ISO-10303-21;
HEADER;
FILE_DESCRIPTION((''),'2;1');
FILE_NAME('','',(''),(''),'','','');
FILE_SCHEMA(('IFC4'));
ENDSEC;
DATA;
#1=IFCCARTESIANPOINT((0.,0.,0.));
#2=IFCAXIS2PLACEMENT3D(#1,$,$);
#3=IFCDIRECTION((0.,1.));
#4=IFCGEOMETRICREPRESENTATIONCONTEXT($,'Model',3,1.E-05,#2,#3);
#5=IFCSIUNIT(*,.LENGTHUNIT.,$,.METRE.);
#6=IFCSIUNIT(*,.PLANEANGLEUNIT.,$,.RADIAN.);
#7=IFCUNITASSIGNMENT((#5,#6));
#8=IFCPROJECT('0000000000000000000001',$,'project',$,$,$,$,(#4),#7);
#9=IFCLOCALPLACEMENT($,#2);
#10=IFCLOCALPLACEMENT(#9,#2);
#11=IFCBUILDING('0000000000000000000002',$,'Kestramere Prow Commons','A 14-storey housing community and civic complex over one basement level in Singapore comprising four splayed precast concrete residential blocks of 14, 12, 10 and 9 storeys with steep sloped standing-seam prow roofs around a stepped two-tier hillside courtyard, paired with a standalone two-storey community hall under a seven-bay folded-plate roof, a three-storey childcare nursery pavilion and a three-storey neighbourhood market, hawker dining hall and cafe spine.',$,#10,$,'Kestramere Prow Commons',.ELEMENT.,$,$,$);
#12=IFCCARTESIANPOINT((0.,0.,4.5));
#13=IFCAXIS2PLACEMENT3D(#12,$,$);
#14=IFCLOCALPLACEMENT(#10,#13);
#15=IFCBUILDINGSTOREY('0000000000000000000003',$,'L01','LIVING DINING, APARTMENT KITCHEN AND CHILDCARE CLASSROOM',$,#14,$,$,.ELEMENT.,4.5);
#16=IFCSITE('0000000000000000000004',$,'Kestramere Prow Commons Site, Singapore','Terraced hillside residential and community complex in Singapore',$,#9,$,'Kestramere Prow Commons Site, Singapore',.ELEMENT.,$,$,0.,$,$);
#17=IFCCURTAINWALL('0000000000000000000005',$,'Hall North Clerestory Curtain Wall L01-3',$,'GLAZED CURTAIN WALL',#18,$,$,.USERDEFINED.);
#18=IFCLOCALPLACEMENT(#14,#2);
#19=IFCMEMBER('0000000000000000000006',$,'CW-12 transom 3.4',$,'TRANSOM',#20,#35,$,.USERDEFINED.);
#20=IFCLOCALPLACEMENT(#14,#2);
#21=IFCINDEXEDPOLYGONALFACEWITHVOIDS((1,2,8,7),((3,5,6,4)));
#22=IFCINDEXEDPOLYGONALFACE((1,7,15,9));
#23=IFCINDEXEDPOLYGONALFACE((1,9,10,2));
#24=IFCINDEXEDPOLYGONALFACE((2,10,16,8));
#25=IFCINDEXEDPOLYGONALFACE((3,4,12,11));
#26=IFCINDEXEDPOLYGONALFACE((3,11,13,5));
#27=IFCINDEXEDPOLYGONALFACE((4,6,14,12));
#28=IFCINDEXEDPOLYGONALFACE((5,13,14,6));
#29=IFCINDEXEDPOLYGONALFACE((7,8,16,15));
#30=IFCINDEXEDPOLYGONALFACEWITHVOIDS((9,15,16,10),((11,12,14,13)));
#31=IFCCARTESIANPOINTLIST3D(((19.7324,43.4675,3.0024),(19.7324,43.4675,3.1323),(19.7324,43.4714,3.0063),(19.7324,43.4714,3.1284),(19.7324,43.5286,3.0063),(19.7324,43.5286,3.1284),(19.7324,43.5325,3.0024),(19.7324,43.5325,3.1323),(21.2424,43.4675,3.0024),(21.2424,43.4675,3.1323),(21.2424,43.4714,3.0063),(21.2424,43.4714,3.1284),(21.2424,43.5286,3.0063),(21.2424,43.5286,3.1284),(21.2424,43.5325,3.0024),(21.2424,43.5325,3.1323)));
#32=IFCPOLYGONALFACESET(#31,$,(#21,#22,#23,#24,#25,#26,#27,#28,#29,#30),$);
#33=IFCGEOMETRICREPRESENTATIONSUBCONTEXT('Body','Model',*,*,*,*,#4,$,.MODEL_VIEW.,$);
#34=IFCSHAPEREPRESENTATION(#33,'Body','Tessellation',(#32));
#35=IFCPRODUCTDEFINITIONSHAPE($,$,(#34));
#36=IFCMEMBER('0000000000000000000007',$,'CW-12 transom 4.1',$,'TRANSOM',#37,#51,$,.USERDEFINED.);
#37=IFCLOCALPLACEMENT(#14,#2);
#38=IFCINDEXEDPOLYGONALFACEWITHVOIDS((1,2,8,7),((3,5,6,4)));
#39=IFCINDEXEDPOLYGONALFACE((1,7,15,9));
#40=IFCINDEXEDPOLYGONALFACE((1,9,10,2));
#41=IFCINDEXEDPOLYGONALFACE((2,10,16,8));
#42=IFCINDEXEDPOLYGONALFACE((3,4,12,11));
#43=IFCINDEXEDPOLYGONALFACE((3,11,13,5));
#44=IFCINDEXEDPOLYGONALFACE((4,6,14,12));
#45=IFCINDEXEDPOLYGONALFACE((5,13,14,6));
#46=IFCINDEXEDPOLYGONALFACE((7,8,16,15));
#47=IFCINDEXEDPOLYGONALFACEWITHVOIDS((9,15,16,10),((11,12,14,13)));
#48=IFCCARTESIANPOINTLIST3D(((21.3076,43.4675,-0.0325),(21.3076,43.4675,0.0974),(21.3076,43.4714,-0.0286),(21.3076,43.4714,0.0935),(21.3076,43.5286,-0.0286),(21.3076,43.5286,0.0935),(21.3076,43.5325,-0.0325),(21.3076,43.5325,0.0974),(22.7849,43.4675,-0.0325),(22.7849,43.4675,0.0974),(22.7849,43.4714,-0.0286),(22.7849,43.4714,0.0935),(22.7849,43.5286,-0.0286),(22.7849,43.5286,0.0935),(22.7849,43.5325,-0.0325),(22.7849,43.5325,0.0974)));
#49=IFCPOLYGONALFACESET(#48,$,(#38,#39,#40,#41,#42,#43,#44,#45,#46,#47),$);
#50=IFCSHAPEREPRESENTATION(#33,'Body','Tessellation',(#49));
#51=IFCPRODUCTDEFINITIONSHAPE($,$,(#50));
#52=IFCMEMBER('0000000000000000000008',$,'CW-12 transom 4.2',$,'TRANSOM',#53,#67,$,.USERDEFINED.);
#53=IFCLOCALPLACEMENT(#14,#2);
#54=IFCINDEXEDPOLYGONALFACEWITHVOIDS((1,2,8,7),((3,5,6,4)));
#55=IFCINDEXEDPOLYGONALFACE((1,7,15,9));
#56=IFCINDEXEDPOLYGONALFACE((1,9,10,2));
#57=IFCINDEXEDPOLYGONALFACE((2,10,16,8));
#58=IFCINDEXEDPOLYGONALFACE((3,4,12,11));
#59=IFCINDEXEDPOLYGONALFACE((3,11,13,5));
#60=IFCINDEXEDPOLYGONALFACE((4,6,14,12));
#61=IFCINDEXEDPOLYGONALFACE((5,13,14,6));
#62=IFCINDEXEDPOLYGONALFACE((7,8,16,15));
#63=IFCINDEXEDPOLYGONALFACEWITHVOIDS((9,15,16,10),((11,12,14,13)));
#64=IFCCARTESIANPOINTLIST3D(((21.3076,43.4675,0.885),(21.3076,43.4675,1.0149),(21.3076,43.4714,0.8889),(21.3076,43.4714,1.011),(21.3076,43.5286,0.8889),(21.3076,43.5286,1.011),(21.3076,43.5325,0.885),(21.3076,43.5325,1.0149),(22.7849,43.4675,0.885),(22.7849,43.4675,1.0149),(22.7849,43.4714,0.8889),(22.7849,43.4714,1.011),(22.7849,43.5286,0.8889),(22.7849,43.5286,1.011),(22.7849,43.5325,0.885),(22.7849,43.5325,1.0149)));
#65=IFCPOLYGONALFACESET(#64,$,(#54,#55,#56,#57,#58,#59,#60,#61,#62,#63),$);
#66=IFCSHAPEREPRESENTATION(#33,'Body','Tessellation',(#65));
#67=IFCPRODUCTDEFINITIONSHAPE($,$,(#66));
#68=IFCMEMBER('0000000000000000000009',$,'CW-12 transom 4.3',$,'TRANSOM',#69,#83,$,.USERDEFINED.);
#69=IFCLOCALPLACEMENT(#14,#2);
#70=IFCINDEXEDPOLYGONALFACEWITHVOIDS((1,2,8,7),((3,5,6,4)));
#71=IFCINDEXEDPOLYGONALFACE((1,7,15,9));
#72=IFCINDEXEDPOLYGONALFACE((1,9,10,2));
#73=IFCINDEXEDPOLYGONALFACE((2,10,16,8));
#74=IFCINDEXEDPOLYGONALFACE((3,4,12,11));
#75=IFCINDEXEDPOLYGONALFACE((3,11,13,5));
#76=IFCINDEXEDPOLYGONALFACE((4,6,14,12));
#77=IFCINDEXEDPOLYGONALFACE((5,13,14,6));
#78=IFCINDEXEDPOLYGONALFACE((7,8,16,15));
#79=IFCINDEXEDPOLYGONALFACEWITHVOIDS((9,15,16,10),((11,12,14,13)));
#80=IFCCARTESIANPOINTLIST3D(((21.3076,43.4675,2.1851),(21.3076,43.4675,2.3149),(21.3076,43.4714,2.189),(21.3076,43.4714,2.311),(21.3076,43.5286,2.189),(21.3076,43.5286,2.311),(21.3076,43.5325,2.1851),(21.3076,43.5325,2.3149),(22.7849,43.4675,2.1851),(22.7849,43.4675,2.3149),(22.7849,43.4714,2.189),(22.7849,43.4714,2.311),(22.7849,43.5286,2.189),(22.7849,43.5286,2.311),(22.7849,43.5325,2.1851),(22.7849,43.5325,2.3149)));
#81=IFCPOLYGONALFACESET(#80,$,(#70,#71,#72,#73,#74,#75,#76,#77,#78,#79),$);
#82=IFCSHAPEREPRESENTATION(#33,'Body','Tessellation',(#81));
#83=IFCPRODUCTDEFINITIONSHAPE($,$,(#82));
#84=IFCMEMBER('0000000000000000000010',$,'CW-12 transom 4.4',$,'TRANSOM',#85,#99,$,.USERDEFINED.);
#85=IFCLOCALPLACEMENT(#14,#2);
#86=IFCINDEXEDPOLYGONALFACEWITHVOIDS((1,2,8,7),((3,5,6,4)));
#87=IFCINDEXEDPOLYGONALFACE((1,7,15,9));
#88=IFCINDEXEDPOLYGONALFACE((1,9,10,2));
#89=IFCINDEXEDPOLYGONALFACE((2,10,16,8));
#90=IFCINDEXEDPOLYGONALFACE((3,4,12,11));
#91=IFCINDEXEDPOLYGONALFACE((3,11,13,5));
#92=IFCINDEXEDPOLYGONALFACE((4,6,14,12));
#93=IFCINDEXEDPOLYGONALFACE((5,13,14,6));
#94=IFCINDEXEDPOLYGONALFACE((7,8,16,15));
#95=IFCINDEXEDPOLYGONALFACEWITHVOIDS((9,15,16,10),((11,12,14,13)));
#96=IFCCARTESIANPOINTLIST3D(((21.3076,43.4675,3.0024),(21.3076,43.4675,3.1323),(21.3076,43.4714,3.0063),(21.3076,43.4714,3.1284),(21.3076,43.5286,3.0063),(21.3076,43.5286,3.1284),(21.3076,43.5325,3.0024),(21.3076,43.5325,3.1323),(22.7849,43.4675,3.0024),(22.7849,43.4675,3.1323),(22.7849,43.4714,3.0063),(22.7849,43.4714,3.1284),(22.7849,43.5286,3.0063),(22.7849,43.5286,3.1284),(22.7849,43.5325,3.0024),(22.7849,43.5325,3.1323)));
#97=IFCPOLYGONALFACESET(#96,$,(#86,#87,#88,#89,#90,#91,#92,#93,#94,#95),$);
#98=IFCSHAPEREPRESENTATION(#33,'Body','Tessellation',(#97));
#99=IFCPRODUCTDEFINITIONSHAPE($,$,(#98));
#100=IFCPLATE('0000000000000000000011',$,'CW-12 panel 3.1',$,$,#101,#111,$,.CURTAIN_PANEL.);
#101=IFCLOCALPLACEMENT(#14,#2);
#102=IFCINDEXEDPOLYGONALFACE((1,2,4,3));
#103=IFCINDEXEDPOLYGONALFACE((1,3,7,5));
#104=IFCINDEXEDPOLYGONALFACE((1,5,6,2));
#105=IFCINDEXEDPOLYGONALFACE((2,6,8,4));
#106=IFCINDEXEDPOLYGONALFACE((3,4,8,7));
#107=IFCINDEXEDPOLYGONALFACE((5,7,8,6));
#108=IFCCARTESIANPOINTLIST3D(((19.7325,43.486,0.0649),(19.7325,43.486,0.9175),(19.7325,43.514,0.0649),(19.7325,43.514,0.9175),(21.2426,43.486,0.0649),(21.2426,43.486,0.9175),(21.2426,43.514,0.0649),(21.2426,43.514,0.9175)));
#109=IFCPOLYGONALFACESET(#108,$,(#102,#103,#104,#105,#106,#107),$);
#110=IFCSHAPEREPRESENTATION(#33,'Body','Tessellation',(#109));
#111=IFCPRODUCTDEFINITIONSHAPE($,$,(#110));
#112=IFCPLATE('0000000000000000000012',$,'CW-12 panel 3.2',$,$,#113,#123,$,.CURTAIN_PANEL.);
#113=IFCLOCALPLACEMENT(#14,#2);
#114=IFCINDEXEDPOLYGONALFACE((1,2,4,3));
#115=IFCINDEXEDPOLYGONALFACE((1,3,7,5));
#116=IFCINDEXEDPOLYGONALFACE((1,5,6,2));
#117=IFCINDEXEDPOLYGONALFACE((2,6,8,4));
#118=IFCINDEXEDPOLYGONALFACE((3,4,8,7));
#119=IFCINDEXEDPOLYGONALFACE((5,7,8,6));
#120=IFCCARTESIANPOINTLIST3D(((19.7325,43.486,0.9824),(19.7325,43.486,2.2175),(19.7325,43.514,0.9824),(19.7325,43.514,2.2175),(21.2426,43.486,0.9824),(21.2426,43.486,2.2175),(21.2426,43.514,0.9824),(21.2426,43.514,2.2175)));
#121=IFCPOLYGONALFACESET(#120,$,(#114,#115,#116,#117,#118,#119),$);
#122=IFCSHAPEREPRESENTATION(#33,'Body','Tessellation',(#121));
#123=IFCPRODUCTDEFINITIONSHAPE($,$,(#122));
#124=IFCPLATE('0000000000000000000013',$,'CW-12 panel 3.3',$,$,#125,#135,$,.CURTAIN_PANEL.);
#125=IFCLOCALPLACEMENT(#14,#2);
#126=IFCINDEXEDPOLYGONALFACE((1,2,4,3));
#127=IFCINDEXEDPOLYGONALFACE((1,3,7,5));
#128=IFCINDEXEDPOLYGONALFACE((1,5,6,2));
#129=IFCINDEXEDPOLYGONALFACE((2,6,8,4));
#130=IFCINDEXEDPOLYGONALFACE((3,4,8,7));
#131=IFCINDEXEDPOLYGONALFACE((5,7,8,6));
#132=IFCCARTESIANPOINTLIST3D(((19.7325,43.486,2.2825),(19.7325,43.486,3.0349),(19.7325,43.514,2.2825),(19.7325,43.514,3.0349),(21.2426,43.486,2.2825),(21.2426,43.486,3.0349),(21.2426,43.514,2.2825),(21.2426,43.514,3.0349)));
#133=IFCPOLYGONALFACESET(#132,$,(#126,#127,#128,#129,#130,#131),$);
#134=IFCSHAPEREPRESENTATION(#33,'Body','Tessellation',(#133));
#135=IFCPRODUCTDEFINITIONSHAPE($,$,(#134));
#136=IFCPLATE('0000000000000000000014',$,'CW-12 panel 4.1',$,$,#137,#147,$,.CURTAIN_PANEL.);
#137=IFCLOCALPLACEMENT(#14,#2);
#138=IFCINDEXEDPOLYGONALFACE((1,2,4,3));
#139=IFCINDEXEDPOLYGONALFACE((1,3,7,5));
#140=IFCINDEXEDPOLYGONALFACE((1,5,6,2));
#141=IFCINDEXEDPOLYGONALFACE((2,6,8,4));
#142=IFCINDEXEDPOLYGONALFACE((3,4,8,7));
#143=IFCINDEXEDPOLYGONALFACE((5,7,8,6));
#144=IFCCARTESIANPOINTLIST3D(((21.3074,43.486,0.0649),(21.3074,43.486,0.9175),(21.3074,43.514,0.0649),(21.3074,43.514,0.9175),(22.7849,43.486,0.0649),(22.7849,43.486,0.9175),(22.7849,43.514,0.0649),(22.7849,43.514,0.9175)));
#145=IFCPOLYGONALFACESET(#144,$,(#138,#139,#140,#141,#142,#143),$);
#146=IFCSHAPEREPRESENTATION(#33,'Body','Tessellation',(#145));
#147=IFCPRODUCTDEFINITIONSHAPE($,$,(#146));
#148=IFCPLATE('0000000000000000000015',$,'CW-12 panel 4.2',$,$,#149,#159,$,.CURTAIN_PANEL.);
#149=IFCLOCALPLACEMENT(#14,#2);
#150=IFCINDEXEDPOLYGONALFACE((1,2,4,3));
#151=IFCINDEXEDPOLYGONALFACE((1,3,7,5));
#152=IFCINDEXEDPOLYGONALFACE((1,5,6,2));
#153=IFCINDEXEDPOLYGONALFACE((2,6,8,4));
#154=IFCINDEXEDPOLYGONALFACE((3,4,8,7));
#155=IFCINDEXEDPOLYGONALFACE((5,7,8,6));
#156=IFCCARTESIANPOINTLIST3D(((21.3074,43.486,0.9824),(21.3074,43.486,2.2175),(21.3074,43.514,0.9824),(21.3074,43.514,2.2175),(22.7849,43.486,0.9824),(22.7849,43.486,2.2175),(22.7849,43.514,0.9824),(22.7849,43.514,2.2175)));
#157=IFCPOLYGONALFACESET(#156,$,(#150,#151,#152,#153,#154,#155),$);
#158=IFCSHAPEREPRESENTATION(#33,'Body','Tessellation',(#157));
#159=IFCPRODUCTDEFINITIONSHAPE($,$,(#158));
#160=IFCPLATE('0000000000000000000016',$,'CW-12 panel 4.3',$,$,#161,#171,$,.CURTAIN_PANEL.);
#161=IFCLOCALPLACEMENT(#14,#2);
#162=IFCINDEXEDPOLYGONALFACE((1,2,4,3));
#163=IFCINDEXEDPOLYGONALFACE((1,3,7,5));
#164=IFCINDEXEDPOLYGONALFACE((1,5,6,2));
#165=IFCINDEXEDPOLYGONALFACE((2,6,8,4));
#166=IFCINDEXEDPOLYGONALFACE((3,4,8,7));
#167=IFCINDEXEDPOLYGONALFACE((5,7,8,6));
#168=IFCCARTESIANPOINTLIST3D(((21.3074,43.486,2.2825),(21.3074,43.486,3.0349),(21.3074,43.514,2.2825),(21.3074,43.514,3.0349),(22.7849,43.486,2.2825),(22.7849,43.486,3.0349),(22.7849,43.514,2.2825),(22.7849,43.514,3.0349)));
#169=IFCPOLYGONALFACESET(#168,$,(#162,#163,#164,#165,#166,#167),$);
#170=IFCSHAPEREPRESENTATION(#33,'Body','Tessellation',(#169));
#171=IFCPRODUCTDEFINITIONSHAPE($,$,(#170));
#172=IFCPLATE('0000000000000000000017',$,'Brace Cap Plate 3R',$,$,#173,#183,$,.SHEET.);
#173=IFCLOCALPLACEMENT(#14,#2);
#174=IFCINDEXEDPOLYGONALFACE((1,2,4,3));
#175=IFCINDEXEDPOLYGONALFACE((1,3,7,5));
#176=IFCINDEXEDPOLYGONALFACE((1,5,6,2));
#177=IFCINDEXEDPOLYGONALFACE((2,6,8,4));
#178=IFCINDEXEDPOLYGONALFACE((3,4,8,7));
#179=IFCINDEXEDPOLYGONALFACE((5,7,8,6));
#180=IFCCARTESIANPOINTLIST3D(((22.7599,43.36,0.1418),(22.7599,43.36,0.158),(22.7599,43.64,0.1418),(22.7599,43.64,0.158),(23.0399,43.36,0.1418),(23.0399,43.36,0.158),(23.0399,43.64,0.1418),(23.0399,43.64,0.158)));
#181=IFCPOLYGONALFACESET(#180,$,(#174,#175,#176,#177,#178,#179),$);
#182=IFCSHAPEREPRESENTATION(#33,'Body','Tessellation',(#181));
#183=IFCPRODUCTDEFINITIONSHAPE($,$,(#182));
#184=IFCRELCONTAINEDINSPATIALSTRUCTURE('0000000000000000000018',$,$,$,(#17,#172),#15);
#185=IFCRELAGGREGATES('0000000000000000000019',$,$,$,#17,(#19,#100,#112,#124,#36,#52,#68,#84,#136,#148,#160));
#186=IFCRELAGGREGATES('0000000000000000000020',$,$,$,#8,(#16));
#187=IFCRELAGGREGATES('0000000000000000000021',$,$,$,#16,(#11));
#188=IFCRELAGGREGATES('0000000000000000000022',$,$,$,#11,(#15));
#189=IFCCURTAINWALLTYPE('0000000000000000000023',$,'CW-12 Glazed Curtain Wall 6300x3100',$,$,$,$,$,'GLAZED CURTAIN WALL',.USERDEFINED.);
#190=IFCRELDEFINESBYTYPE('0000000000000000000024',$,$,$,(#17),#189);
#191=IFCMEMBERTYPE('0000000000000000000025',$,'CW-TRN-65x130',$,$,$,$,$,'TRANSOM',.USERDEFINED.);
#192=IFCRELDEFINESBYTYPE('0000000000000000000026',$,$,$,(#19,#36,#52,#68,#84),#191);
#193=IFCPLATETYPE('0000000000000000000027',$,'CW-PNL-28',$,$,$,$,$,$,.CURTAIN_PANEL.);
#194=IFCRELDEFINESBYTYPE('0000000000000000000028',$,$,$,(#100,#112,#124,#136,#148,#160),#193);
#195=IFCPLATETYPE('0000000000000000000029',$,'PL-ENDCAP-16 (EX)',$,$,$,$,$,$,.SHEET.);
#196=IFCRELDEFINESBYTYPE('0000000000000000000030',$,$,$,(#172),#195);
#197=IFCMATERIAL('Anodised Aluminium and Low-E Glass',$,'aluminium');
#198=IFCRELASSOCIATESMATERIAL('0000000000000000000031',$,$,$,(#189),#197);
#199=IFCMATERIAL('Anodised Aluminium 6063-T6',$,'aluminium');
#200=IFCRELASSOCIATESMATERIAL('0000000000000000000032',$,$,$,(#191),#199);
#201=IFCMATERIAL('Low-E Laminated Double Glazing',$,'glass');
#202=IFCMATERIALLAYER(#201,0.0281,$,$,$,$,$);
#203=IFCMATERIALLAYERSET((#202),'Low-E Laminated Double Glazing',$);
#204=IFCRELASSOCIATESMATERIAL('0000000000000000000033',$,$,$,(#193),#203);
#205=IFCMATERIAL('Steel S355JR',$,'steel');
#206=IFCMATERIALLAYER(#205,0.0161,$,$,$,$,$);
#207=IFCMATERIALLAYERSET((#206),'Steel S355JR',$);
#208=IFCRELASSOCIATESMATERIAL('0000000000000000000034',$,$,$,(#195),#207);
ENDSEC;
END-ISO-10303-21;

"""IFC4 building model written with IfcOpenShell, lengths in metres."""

from ifc_helpers import new_model, si_unit, direction, frame, origin, origin_2d, place, context, subcontext, project, spatial, rectangle, hollow_rectangle, extrude, material, layer, layer_set, material_profile, profile_set, type_object, element, aggregate, save


model = new_model("IFC4")

# Units and contexts
model_context = context("Model", 3, precision=1e-05, world=origin(), true_north=direction((0.0, 1.0)))
body_context = subcontext(model_context, "Body", "Model", "MODEL_VIEW")
ifc_project = project(units=[si_unit("LENGTHUNIT", "METRE"), si_unit("PLANEANGLEUNIT", "RADIAN")], contexts=[model_context])

# Site, building, storey
site_placement = place(None, origin())
site = spatial("IfcSite", under=ifc_project, at=site_placement, Name="Kestramere Prow Commons Site, Singapore", Description="Terraced hillside residential and community complex in Singapore", LongName="Kestramere Prow Commons Site, Singapore", CompositionType="ELEMENT", RefElevation=0.0)
building_placement = place(site_placement, origin())
building = spatial("IfcBuilding", under=site, at=building_placement, Name="Kestramere Prow Commons", Description="A 14-storey housing community and civic complex over one basement level in Singapore comprising four splayed precast concrete residential blocks of 14, 12, 10 and 9 storeys with steep sloped standing-seam prow roofs around a stepped two-tier hillside courtyard, paired with a standalone two-storey community hall under a seven-bay folded-plate roof, a three-storey childcare nursery pavilion and a three-storey neighbourhood market, hawker dining hall and cafe spine.", LongName="Kestramere Prow Commons", CompositionType="ELEMENT")
storey_placement = place(building_placement, frame((0.0, 0.0, 4.5)))
storey = spatial("IfcBuildingStorey", under=building, at=storey_placement, Name="L01", Description="LIVING DINING, APARTMENT KITCHEN AND CHILDCARE CLASSROOM", CompositionType="ELEMENT", Elevation=4.5)

# Shared definitions
ifc_material_1 = material(Name="Steel S355JR", Category="steel")

# Curtain wall
ifc_material_2 = material(Name="Anodised Aluminium and Low-E Glass", Category="aluminium")
curtain_wall_type = type_object("IfcCurtainWallType", Name="CW-12 Glazed Curtain Wall 6300x3100", ElementType="GLAZED CURTAIN WALL", PredefinedType="USERDEFINED", material=ifc_material_2)
curtain_wall_1_placement = place(storey_placement, origin())
curtain_wall_1 = element("IfcCurtainWall", 1, at=curtain_wall_1_placement, inside=storey, type_object=curtain_wall_type, Name="Hall North Clerestory Curtain Wall L01-3", ObjectType="GLAZED CURTAIN WALL", PredefinedType="USERDEFINED")
ifc_material_3 = material(Name="Anodised Aluminium 6063-T6", Category="aluminium")

# Members
ifc_material_profile_1 = material_profile(ifc_material_3, hollow_rectangle(XDim=0.0649, YDim=0.1299, WallThickness=0.0039, at=origin_2d()), Name="ALU-TRN 65x130")
ifc_profile_set_1 = profile_set([ifc_material_profile_1], Name="Anodised Aluminium 6063-T6")
member_type_1 = type_object("IfcMemberType", Name="CW-TRN-65x130", ElementType="TRANSOM", PredefinedType="USERDEFINED", material=ifc_profile_set_1)
member_1_placement = place(storey_placement, frame((19.7324, 43.5, 3.0674), z_axis=(1.0, 0.0, 0.0), x_axis=(0.0, 1.0, 0.0)))
member_1 = element("IfcMember", 2, at=member_1_placement, type_object=member_type_1, Name="CW-12 transom 3.4", ObjectType="TRANSOM", PredefinedType="USERDEFINED", context=body_context, shape_type="SweptSolid", body=[
    extrude(hollow_rectangle(XDim=0.0649, YDim=0.1299, WallThickness=0.0039, at=origin_2d()), origin(), (0.0, 0.0, 1.0), 1.51),
])
member_2_placement = place(storey_placement, frame((21.3076, 43.5, 0.0325), z_axis=(1.0, 0.0, 0.0), x_axis=(0.0, 1.0, 0.0)))
member_2 = element("IfcMember", 3, at=member_2_placement, type_object=member_type_1, Name="CW-12 transom 4.1", ObjectType="TRANSOM", PredefinedType="USERDEFINED", context=body_context, shape_type="SweptSolid", body=[
    extrude(hollow_rectangle(XDim=0.0649, YDim=0.1299, WallThickness=0.0039, at=origin_2d()), origin(), (0.0, 0.0, 1.0), 1.4773),
])
member_3_placement = place(storey_placement, frame((21.3076, 43.5, 0.95), z_axis=(1.0, 0.0, 0.0), x_axis=(0.0, 1.0, 0.0)))
member_3 = element("IfcMember", 4, at=member_3_placement, type_object=member_type_1, Name="CW-12 transom 4.2", ObjectType="TRANSOM", PredefinedType="USERDEFINED", context=body_context, shape_type="SweptSolid", body=[
    extrude(hollow_rectangle(XDim=0.0649, YDim=0.1299, WallThickness=0.0039, at=origin_2d()), origin(), (0.0, 0.0, 1.0), 1.4773),
])
member_4_placement = place(storey_placement, frame((21.3076, 43.5, 2.25), z_axis=(1.0, 0.0, 0.0), x_axis=(0.0, 1.0, 0.0)))
member_4 = element("IfcMember", 5, at=member_4_placement, type_object=member_type_1, Name="CW-12 transom 4.3", ObjectType="TRANSOM", PredefinedType="USERDEFINED", context=body_context, shape_type="SweptSolid", body=[
    extrude(hollow_rectangle(XDim=0.0649, YDim=0.1299, WallThickness=0.0039, at=origin_2d()), origin(), (0.0, 0.0, 1.0), 1.4773),
])
member_5_placement = place(storey_placement, frame((21.3076, 43.5, 3.0674), z_axis=(1.0, 0.0, 0.0), x_axis=(0.0, 1.0, 0.0)))
member_5 = element("IfcMember", 6, at=member_5_placement, type_object=member_type_1, Name="CW-12 transom 4.4", ObjectType="TRANSOM", PredefinedType="USERDEFINED", context=body_context, shape_type="SweptSolid", body=[
    extrude(hollow_rectangle(XDim=0.0649, YDim=0.1299, WallThickness=0.0039, at=origin_2d()), origin(), (0.0, 0.0, 1.0), 1.4773),
])

# Plates
ifc_material_4 = material(Name="Low-E Laminated Double Glazing", Category="glass")
ifc_layer_1 = layer(ifc_material_4, 0.0281)
ifc_layer_set_1 = layer_set([ifc_layer_1], Name="Low-E Laminated Double Glazing")
plate_type_1 = type_object("IfcPlateType", Name="CW-PNL-28", PredefinedType="CURTAIN_PANEL", material=ifc_layer_set_1)
plate_1_placement = place(storey_placement, frame((20.4875, 43.5, 0.0649), z_axis=(0.0, 0.0, 1.0), x_axis=(1.0, 0.0, 0.0)))
plate_1 = element("IfcPlate", 7, at=plate_1_placement, type_object=plate_type_1, Name="CW-12 panel 3.1", PredefinedType="CURTAIN_PANEL", context=body_context, shape_type="SweptSolid", body=[
    extrude(rectangle(XDim=1.51, YDim=0.0281, at=origin_2d()), origin(), (0.0, 0.0, 1.0), 0.8525),
])
plate_2_placement = place(storey_placement, frame((20.4875, 43.5, 0.9824), z_axis=(0.0, 0.0, 1.0), x_axis=(1.0, 0.0, 0.0)))
plate_2 = element("IfcPlate", 8, at=plate_2_placement, type_object=plate_type_1, Name="CW-12 panel 3.2", PredefinedType="CURTAIN_PANEL", context=body_context, shape_type="SweptSolid", body=[
    extrude(rectangle(XDim=1.51, YDim=0.0281, at=origin_2d()), origin(), (0.0, 0.0, 1.0), 1.2351),
])
plate_3_placement = place(storey_placement, frame((20.4875, 43.5, 2.2825), z_axis=(0.0, 0.0, 1.0), x_axis=(1.0, 0.0, 0.0)))
plate_3 = element("IfcPlate", 9, at=plate_3_placement, type_object=plate_type_1, Name="CW-12 panel 3.3", PredefinedType="CURTAIN_PANEL", context=body_context, shape_type="SweptSolid", body=[
    extrude(rectangle(XDim=1.51, YDim=0.0281, at=origin_2d()), origin(), (0.0, 0.0, 1.0), 0.7524),
])
plate_4_placement = place(storey_placement, frame((22.0461, 43.5, 0.0649), z_axis=(0.0, 0.0, 1.0), x_axis=(1.0, 0.0, 0.0)))
plate_4 = element("IfcPlate", 10, at=plate_4_placement, type_object=plate_type_1, Name="CW-12 panel 4.1", PredefinedType="CURTAIN_PANEL", context=body_context, shape_type="SweptSolid", body=[
    extrude(rectangle(XDim=1.4775, YDim=0.0281, at=origin_2d()), origin(), (0.0, 0.0, 1.0), 0.8525),
])
plate_5_placement = place(storey_placement, frame((22.0461, 43.5, 0.9824), z_axis=(0.0, 0.0, 1.0), x_axis=(1.0, 0.0, 0.0)))
plate_5 = element("IfcPlate", 11, at=plate_5_placement, type_object=plate_type_1, Name="CW-12 panel 4.2", PredefinedType="CURTAIN_PANEL", context=body_context, shape_type="SweptSolid", body=[
    extrude(rectangle(XDim=1.4775, YDim=0.0281, at=origin_2d()), origin(), (0.0, 0.0, 1.0), 1.2351),
])
plate_6_placement = place(storey_placement, frame((22.0461, 43.5, 2.2825), z_axis=(0.0, 0.0, 1.0), x_axis=(1.0, 0.0, 0.0)))
plate_6 = element("IfcPlate", 12, at=plate_6_placement, type_object=plate_type_1, Name="CW-12 panel 4.3", PredefinedType="CURTAIN_PANEL", context=body_context, shape_type="SweptSolid", body=[
    extrude(rectangle(XDim=1.4775, YDim=0.0281, at=origin_2d()), origin(), (0.0, 0.0, 1.0), 0.7524),
])
aggregate(curtain_wall_1, [member_1, plate_1, plate_2, plate_3, member_2, member_3, member_4, member_5, plate_4, plate_5, plate_6])
ifc_layer_2 = layer(ifc_material_1, 0.0161)
ifc_layer_set_2 = layer_set([ifc_layer_2], Name="Steel S355JR")
plate_type_2 = type_object("IfcPlateType", Name="PL-ENDCAP-16 (EX)", PredefinedType="SHEET", material=ifc_layer_set_2)
plate_7_placement = place(storey_placement, frame((22.8999, 43.5, 0.1418), z_axis=(0.0, 0.0, 1.0), x_axis=(1.0, 0.0, 0.0)))
element("IfcPlate", 13, at=plate_7_placement, inside=storey, type_object=plate_type_2, Name="Brace Cap Plate 3R", PredefinedType="SHEET", context=body_context, shape_type="SweptSolid", body=[
    extrude(rectangle(XDim=0.28, YDim=0.28, at=origin_2d()), origin(), (0.0, 0.0, 1.0), 0.0161),
])

save(model, "model.ifc")
